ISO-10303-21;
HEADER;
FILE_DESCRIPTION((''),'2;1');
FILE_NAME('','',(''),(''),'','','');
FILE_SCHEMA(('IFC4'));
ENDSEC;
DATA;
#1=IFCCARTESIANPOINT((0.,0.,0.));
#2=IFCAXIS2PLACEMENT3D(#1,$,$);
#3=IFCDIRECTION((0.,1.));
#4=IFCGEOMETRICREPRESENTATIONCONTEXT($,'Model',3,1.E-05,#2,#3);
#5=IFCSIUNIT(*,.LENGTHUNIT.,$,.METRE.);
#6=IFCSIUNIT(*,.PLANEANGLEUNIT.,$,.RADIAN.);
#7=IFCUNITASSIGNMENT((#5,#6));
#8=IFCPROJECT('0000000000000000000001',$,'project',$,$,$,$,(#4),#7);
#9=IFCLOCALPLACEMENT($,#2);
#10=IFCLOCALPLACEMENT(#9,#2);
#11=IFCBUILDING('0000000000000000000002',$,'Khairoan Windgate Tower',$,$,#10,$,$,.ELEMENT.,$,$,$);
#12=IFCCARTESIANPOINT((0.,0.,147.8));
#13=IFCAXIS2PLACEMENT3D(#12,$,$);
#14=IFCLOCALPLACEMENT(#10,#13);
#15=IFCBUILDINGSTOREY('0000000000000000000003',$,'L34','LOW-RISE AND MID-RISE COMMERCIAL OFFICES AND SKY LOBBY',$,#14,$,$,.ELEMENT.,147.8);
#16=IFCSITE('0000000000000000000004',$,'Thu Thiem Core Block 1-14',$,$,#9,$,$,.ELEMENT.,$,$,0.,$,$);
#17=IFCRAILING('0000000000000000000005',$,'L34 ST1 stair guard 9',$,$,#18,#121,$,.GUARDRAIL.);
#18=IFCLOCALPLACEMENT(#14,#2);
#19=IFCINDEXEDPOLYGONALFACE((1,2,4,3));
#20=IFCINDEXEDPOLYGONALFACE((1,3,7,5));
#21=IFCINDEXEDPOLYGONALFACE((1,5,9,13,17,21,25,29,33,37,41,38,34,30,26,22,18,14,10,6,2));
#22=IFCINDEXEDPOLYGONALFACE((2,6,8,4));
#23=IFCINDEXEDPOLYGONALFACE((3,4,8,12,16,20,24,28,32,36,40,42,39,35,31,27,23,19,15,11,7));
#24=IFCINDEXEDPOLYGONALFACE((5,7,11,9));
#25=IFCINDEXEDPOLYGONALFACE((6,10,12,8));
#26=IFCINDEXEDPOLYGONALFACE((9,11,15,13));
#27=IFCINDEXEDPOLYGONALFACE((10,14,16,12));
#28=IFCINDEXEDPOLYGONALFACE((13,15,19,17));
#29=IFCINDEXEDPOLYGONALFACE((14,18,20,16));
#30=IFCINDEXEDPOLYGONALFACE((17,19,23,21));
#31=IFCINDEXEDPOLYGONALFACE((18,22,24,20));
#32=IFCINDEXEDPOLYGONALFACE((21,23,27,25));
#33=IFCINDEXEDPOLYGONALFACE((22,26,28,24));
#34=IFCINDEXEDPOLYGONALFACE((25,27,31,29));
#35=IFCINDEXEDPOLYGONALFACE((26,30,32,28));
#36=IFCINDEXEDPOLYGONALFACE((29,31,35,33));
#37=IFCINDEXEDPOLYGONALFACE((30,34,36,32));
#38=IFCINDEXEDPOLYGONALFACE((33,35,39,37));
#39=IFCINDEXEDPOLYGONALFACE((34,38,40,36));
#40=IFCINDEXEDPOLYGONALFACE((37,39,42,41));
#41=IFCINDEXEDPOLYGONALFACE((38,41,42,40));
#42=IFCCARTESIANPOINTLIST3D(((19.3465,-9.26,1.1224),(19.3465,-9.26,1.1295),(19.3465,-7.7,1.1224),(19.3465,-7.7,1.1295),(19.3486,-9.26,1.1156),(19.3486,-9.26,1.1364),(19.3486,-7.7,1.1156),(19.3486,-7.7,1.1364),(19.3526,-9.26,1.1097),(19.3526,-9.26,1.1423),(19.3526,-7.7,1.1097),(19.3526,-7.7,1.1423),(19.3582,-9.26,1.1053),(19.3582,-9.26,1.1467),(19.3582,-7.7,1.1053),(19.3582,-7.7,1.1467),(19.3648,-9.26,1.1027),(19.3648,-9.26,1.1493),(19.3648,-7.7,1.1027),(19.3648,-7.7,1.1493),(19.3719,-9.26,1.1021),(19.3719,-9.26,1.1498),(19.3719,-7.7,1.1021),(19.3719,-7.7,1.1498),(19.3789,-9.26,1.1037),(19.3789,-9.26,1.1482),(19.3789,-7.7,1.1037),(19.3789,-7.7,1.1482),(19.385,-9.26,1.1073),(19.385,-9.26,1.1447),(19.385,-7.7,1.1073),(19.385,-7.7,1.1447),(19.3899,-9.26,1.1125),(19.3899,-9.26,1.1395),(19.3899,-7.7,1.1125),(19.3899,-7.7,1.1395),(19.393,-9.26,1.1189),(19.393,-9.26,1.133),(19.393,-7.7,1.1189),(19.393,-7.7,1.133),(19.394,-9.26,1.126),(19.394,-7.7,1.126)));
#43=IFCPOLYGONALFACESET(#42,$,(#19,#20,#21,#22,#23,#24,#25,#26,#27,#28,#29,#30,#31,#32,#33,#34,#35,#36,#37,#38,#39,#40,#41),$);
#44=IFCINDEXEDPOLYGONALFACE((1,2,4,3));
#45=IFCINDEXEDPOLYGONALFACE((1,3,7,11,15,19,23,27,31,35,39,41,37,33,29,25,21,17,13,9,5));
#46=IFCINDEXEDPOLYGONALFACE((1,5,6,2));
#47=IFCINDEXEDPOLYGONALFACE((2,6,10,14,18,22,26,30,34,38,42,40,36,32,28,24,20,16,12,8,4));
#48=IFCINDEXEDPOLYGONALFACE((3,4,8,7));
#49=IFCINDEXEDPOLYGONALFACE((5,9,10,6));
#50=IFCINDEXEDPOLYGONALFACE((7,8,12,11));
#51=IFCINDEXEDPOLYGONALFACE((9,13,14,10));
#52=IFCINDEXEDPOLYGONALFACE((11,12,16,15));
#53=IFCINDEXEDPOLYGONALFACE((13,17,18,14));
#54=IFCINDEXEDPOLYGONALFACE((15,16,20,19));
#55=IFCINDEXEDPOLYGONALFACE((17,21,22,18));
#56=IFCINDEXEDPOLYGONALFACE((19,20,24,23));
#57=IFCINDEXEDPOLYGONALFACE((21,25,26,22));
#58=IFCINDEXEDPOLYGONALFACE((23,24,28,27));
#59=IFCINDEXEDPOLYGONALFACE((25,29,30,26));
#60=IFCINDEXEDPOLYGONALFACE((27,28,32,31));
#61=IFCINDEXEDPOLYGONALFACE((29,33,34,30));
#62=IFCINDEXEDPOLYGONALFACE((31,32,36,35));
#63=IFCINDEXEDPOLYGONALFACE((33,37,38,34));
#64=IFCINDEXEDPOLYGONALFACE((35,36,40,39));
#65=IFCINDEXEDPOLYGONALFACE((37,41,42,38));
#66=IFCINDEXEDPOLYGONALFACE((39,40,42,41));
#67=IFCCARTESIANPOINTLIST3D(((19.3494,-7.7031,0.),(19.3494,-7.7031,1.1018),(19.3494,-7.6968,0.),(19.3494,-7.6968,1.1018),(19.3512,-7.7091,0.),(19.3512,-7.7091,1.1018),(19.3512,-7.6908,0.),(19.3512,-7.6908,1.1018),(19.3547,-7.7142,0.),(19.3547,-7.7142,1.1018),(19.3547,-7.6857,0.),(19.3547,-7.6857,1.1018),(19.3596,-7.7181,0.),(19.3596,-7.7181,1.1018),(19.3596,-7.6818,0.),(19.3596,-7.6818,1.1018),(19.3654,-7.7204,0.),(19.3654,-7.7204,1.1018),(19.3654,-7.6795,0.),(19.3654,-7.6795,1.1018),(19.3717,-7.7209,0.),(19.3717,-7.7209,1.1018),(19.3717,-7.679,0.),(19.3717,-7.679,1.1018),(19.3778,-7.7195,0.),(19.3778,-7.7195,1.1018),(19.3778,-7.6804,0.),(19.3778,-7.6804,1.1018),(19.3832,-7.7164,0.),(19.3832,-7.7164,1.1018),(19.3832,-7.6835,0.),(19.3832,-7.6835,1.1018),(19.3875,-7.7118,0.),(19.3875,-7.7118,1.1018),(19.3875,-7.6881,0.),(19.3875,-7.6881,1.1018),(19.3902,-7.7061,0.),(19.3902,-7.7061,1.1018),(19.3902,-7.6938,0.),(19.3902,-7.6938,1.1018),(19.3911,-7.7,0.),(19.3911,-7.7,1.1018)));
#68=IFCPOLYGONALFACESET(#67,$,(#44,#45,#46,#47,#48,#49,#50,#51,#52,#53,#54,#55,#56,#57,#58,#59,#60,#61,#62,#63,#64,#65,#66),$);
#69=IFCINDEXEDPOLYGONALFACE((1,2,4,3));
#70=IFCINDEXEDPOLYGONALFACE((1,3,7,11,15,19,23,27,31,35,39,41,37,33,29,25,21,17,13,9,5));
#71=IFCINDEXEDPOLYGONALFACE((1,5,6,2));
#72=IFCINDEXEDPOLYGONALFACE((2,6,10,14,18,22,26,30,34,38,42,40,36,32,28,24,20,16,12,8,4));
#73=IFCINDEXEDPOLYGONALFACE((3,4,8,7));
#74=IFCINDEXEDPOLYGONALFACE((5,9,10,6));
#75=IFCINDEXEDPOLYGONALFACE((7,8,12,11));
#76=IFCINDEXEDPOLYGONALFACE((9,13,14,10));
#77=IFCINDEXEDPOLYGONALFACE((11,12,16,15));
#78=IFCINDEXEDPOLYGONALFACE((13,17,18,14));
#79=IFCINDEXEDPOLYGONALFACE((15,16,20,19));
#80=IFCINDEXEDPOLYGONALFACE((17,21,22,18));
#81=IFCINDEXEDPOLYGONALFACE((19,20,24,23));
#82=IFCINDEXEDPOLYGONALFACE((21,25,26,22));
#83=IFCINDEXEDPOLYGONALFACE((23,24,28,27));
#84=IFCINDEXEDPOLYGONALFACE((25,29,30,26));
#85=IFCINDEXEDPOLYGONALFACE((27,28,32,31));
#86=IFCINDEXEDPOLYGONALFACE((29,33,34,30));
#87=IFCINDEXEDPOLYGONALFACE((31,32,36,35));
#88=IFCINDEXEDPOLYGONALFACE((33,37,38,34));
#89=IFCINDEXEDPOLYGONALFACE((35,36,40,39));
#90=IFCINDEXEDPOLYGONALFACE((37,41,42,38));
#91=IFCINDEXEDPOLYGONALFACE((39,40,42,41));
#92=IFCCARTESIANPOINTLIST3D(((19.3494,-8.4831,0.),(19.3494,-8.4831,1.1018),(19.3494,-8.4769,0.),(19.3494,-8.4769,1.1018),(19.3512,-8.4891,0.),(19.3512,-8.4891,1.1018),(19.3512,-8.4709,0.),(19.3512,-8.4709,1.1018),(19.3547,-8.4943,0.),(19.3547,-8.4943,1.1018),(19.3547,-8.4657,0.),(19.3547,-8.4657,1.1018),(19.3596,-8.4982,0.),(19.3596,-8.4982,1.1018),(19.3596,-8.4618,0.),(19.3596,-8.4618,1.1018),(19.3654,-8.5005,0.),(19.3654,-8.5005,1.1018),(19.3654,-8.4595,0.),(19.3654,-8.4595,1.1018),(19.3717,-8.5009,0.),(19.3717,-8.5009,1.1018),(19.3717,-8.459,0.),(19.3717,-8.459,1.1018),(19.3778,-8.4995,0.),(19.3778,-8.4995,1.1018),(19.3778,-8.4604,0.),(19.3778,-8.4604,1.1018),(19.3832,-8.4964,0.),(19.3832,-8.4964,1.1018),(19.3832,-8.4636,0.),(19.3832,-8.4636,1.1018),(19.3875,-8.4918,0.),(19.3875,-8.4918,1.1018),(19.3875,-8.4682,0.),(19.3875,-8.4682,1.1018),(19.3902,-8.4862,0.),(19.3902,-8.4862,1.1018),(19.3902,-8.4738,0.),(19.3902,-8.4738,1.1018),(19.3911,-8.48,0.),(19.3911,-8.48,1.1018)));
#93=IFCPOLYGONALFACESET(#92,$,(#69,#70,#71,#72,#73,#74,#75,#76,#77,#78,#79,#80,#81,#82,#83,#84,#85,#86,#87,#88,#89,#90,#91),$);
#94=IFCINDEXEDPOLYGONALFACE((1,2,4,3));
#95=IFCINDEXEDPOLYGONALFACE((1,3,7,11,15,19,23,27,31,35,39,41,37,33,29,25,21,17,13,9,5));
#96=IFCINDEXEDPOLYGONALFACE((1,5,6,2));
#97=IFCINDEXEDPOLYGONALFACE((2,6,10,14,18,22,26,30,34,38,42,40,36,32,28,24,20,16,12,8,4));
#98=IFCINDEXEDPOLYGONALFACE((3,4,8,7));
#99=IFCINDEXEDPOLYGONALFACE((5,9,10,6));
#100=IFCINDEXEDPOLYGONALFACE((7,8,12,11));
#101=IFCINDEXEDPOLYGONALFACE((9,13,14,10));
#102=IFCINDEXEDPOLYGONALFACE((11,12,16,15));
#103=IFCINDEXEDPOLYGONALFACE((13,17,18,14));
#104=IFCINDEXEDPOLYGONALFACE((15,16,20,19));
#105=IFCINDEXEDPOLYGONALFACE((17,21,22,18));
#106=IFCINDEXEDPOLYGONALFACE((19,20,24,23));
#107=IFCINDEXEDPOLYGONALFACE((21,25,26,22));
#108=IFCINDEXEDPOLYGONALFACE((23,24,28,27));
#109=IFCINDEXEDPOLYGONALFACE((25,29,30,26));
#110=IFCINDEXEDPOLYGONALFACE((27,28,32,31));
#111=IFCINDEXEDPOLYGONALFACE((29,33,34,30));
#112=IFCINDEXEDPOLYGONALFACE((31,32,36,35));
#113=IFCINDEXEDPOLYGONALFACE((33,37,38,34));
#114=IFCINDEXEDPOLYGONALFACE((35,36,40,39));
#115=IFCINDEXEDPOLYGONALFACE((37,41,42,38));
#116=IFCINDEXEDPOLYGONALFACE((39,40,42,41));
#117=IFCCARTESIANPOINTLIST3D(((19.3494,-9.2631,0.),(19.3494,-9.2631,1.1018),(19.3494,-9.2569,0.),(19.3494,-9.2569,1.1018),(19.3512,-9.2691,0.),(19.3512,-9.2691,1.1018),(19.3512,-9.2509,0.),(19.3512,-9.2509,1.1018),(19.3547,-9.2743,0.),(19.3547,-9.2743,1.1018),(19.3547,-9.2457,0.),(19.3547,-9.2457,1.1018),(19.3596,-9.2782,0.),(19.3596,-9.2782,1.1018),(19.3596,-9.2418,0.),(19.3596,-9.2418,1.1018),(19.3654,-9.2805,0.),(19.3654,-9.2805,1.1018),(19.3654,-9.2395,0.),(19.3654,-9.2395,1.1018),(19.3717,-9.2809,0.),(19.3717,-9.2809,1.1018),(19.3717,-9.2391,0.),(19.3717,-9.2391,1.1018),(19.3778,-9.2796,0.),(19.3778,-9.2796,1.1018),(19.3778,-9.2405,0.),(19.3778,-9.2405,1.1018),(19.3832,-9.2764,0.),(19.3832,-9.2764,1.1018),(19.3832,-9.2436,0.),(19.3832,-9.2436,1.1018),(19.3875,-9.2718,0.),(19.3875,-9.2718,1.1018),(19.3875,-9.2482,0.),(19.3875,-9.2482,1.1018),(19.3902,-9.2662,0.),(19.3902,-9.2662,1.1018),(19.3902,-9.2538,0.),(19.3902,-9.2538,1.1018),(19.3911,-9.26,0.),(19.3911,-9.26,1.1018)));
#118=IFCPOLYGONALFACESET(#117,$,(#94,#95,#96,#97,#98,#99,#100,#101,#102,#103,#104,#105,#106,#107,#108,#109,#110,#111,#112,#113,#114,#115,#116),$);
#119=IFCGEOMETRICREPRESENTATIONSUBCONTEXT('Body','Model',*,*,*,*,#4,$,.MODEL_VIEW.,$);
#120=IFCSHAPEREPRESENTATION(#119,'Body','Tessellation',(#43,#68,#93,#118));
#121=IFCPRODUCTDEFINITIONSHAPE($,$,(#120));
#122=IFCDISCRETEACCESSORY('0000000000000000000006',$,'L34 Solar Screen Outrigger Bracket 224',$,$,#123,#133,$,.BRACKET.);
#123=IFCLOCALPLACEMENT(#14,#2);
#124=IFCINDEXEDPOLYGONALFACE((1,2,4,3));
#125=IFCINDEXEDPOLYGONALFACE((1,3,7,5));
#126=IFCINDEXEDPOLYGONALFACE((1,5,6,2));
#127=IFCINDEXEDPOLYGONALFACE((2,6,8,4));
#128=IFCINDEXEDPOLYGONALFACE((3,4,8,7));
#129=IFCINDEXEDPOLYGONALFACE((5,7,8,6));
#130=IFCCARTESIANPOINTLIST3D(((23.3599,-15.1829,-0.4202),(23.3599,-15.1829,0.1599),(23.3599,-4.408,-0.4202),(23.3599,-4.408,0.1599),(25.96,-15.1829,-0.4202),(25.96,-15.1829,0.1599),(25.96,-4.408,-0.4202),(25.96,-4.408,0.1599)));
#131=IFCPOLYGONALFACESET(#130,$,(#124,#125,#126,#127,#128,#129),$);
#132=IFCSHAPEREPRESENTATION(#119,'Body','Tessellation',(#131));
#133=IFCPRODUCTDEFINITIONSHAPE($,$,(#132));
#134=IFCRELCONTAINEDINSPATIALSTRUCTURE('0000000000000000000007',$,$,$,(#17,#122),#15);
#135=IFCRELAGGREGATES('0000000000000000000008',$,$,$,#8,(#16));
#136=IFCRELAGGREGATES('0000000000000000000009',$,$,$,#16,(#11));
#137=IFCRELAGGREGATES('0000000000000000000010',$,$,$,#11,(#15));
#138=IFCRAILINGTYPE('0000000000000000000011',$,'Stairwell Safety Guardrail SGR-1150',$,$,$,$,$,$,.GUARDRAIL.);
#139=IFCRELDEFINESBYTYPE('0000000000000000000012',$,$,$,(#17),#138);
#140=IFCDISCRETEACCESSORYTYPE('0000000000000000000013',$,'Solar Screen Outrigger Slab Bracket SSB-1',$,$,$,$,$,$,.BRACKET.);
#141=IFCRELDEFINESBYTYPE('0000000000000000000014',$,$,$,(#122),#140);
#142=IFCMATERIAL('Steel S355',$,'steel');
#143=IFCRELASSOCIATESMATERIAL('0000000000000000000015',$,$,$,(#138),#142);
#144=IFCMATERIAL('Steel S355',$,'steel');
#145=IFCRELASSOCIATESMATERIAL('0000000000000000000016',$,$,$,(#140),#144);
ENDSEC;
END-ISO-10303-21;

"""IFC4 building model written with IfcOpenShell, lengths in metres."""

from ifc_helpers import new_model, si_unit, direction, frame, origin, origin_2d, place, context, subcontext, project, spatial, rectangle, circle, extrude, material, type_object, element, save


model = new_model("IFC4")

# Units and contexts
model_context = context("Model", 3, precision=1e-05, world=origin(), true_north=direction((0.0, 1.0)))
body_context = subcontext(model_context, "Body", "Model", "MODEL_VIEW")
ifc_project = project(units=[si_unit("LENGTHUNIT", "METRE"), si_unit("PLANEANGLEUNIT", "RADIAN")], contexts=[model_context])

# Site, building, storey
site_placement = place(None, origin())
site = spatial("IfcSite", under=ifc_project, at=site_placement, Name="Thu Thiem Core Block 1-14", CompositionType="ELEMENT", RefElevation=0.0)
building_placement = place(site_placement, origin())
building = spatial("IfcBuilding", under=site, at=building_placement, Name="Khairoan Windgate Tower", CompositionType="ELEMENT")
storey_placement = place(building_placement, frame((0.0, 0.0, 147.8)))
storey = spatial("IfcBuildingStorey", under=building, at=storey_placement, Name="L34", Description="LOW-RISE AND MID-RISE COMMERCIAL OFFICES AND SKY LOBBY", CompositionType="ELEMENT", Elevation=147.8)

# Railing
ifc_material_1 = material(Name="Steel S355", Category="steel")
railing_type_1 = type_object("IfcRailingType", Name="Stairwell Safety Guardrail SGR-1150", PredefinedType="GUARDRAIL", material=ifc_material_1)
for number, where, name in (
    (1, (19.3701, -7.7, 0.0), "L34 ST1 stair guard 9"),
):
    element("IfcRailing", number, at=place(storey_placement, frame(where)), inside=storey, type_object=railing_type_1, Name=name, PredefinedType="GUARDRAIL", context=body_context, shape_type="SweptSolid", body=[
        extrude(circle(Radius=0.0239, at=origin_2d()), frame((0.0, 0.0, 1.126), z_axis=(0.0, -1.0, 0.0), x_axis=(1.0, 0.0, 0.0)), (0.0, 0.0, 1.0), 1.5601),
        extrude(circle(Radius=0.021, at=origin_2d()), origin(), (0.0, 0.0, 1.0), 1.1018),
        extrude(circle(Radius=0.021, at=origin_2d()), frame((0.0, -0.78, 0.0)), (0.0, 0.0, 1.0), 1.1018),
        extrude(circle(Radius=0.021, at=origin_2d()), frame((0.0, -1.5601, 0.0)), (0.0, 0.0, 1.0), 1.1018),
    ])

# Discrete accessory
ifc_material_2 = material(Name="Steel S355", Category="steel")
discrete_accessory_type = type_object("IfcDiscreteAccessoryType", Name="Solar Screen Outrigger Slab Bracket SSB-1", PredefinedType="BRACKET", material=ifc_material_2)
discrete_accessory_placement = place(storey_placement, frame((24.6599, -9.7954, -0.4202), z_axis=(0.0, 0.0, 1.0), x_axis=(0.0, -1.0, 0.0)))
element("IfcDiscreteAccessory", 2, at=discrete_accessory_placement, inside=storey, type_object=discrete_accessory_type, Name="L34 Solar Screen Outrigger Bracket 224", PredefinedType="BRACKET", context=body_context, shape_type="SweptSolid", body=[
    extrude(rectangle(XDim=10.7749, YDim=2.6001, at=origin_2d()), origin(), (0.0, 0.0, 1.0), 0.5801),
])

save(model, "model.ifc")
